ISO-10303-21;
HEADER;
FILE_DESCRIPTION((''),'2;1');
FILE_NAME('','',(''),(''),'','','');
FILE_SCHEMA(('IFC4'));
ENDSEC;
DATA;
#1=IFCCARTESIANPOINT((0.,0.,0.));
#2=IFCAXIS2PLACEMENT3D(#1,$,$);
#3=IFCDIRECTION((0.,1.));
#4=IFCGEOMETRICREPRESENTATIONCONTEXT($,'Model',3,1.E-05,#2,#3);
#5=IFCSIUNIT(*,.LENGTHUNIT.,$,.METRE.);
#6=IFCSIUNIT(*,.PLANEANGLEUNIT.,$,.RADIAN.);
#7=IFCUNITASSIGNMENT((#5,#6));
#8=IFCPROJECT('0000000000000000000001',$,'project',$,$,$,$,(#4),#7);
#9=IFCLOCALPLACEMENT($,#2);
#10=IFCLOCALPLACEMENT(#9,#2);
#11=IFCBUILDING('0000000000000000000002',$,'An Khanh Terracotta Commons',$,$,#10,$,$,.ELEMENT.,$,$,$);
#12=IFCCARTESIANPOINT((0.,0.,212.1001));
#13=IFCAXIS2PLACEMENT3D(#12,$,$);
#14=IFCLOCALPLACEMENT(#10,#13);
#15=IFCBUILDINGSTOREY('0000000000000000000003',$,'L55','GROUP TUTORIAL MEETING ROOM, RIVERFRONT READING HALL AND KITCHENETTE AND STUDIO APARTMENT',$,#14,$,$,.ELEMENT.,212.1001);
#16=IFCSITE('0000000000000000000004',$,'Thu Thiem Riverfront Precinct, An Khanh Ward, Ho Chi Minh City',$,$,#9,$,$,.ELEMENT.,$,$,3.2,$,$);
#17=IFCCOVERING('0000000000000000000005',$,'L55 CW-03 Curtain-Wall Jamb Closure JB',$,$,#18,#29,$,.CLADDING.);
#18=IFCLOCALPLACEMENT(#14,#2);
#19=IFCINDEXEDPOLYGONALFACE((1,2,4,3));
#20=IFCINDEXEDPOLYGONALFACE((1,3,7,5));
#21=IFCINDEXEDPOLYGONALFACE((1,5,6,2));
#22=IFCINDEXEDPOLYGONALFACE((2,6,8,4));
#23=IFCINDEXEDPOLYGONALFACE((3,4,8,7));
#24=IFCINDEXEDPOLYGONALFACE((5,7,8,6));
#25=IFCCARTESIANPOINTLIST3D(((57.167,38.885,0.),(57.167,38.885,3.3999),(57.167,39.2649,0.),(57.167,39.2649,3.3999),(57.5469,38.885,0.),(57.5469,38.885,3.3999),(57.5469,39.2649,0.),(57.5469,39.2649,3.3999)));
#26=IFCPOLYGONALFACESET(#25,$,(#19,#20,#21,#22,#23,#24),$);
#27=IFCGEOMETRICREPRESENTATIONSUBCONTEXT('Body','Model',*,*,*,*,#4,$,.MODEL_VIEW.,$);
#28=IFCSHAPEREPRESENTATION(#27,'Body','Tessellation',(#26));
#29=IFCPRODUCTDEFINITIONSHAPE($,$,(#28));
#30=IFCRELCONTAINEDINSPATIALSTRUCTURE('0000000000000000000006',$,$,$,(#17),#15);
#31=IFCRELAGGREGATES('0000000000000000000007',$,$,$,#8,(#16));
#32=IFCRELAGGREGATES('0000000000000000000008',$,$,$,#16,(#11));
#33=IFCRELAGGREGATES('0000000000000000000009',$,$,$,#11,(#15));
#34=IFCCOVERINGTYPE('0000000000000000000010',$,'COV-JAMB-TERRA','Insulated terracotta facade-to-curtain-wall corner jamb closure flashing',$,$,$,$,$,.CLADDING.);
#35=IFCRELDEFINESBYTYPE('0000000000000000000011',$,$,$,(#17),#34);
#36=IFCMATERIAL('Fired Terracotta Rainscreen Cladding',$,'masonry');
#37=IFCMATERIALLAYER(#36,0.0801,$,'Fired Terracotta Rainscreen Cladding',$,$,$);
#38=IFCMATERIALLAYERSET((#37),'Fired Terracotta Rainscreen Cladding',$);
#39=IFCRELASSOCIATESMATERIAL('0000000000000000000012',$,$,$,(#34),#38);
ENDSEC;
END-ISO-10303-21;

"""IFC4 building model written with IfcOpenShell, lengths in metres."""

from ifc_helpers import new_model, si_unit, direction, frame, origin, origin_2d, place, context, subcontext, project, spatial, rectangle, extrude, material, layer, layer_set, type_object, element, save


model = new_model("IFC4")

# Units and contexts
model_context = context("Model", 3, precision=1e-05, world=origin(), true_north=direction((0.0, 1.0)))
body_context = subcontext(model_context, "Body", "Model", "MODEL_VIEW")
ifc_project = project(units=[si_unit("LENGTHUNIT", "METRE"), si_unit("PLANEANGLEUNIT", "RADIAN")], contexts=[model_context])

# Site, building, storey
site_placement = place(None, origin())
site = spatial("IfcSite", under=ifc_project, at=site_placement, Name="Thu Thiem Riverfront Precinct, An Khanh Ward, Ho Chi Minh City", CompositionType="ELEMENT", RefElevation=3.2)
building_placement = place(site_placement, origin())
building = spatial("IfcBuilding", under=site, at=building_placement, Name="An Khanh Terracotta Commons", CompositionType="ELEMENT")
storey_placement = place(building_placement, frame((0.0, 0.0, 212.1001)))
storey = spatial("IfcBuildingStorey", under=building, at=storey_placement, Name="L55", Description="GROUP TUTORIAL MEETING ROOM, RIVERFRONT READING HALL AND KITCHENETTE AND STUDIO APARTMENT", CompositionType="ELEMENT", Elevation=212.1001)

# Covering
ifc_material_1 = material(Name="Fired Terracotta Rainscreen Cladding", Category="masonry")
ifc_layer_1 = layer(ifc_material_1, 0.0801, Name="Fired Terracotta Rainscreen Cladding")
ifc_layer_set_1 = layer_set([ifc_layer_1], Name="Fired Terracotta Rainscreen Cladding")
covering_type = type_object("IfcCoveringType", Name="COV-JAMB-TERRA", Description="Insulated terracotta facade-to-curtain-wall corner jamb closure flashing", PredefinedType="CLADDING", material=ifc_layer_set_1)
covering_placement = place(storey_placement, frame((57.3569, 39.075, 0.0), z_axis=(0.0, 0.0, 1.0), x_axis=(1.0, 0.0, 0.0)))
element("IfcCovering", 1, at=covering_placement, inside=storey, type_object=covering_type, Name="L55 CW-03 Curtain-Wall Jamb Closure JB", PredefinedType="CLADDING", context=body_context, shape_type="SweptSolid", body=[
    extrude(rectangle(XDim=0.3799, YDim=0.3799, at=origin_2d()), origin(), (0.0, 0.0, 1.0), 3.3999),
])

save(model, "model.ifc")
